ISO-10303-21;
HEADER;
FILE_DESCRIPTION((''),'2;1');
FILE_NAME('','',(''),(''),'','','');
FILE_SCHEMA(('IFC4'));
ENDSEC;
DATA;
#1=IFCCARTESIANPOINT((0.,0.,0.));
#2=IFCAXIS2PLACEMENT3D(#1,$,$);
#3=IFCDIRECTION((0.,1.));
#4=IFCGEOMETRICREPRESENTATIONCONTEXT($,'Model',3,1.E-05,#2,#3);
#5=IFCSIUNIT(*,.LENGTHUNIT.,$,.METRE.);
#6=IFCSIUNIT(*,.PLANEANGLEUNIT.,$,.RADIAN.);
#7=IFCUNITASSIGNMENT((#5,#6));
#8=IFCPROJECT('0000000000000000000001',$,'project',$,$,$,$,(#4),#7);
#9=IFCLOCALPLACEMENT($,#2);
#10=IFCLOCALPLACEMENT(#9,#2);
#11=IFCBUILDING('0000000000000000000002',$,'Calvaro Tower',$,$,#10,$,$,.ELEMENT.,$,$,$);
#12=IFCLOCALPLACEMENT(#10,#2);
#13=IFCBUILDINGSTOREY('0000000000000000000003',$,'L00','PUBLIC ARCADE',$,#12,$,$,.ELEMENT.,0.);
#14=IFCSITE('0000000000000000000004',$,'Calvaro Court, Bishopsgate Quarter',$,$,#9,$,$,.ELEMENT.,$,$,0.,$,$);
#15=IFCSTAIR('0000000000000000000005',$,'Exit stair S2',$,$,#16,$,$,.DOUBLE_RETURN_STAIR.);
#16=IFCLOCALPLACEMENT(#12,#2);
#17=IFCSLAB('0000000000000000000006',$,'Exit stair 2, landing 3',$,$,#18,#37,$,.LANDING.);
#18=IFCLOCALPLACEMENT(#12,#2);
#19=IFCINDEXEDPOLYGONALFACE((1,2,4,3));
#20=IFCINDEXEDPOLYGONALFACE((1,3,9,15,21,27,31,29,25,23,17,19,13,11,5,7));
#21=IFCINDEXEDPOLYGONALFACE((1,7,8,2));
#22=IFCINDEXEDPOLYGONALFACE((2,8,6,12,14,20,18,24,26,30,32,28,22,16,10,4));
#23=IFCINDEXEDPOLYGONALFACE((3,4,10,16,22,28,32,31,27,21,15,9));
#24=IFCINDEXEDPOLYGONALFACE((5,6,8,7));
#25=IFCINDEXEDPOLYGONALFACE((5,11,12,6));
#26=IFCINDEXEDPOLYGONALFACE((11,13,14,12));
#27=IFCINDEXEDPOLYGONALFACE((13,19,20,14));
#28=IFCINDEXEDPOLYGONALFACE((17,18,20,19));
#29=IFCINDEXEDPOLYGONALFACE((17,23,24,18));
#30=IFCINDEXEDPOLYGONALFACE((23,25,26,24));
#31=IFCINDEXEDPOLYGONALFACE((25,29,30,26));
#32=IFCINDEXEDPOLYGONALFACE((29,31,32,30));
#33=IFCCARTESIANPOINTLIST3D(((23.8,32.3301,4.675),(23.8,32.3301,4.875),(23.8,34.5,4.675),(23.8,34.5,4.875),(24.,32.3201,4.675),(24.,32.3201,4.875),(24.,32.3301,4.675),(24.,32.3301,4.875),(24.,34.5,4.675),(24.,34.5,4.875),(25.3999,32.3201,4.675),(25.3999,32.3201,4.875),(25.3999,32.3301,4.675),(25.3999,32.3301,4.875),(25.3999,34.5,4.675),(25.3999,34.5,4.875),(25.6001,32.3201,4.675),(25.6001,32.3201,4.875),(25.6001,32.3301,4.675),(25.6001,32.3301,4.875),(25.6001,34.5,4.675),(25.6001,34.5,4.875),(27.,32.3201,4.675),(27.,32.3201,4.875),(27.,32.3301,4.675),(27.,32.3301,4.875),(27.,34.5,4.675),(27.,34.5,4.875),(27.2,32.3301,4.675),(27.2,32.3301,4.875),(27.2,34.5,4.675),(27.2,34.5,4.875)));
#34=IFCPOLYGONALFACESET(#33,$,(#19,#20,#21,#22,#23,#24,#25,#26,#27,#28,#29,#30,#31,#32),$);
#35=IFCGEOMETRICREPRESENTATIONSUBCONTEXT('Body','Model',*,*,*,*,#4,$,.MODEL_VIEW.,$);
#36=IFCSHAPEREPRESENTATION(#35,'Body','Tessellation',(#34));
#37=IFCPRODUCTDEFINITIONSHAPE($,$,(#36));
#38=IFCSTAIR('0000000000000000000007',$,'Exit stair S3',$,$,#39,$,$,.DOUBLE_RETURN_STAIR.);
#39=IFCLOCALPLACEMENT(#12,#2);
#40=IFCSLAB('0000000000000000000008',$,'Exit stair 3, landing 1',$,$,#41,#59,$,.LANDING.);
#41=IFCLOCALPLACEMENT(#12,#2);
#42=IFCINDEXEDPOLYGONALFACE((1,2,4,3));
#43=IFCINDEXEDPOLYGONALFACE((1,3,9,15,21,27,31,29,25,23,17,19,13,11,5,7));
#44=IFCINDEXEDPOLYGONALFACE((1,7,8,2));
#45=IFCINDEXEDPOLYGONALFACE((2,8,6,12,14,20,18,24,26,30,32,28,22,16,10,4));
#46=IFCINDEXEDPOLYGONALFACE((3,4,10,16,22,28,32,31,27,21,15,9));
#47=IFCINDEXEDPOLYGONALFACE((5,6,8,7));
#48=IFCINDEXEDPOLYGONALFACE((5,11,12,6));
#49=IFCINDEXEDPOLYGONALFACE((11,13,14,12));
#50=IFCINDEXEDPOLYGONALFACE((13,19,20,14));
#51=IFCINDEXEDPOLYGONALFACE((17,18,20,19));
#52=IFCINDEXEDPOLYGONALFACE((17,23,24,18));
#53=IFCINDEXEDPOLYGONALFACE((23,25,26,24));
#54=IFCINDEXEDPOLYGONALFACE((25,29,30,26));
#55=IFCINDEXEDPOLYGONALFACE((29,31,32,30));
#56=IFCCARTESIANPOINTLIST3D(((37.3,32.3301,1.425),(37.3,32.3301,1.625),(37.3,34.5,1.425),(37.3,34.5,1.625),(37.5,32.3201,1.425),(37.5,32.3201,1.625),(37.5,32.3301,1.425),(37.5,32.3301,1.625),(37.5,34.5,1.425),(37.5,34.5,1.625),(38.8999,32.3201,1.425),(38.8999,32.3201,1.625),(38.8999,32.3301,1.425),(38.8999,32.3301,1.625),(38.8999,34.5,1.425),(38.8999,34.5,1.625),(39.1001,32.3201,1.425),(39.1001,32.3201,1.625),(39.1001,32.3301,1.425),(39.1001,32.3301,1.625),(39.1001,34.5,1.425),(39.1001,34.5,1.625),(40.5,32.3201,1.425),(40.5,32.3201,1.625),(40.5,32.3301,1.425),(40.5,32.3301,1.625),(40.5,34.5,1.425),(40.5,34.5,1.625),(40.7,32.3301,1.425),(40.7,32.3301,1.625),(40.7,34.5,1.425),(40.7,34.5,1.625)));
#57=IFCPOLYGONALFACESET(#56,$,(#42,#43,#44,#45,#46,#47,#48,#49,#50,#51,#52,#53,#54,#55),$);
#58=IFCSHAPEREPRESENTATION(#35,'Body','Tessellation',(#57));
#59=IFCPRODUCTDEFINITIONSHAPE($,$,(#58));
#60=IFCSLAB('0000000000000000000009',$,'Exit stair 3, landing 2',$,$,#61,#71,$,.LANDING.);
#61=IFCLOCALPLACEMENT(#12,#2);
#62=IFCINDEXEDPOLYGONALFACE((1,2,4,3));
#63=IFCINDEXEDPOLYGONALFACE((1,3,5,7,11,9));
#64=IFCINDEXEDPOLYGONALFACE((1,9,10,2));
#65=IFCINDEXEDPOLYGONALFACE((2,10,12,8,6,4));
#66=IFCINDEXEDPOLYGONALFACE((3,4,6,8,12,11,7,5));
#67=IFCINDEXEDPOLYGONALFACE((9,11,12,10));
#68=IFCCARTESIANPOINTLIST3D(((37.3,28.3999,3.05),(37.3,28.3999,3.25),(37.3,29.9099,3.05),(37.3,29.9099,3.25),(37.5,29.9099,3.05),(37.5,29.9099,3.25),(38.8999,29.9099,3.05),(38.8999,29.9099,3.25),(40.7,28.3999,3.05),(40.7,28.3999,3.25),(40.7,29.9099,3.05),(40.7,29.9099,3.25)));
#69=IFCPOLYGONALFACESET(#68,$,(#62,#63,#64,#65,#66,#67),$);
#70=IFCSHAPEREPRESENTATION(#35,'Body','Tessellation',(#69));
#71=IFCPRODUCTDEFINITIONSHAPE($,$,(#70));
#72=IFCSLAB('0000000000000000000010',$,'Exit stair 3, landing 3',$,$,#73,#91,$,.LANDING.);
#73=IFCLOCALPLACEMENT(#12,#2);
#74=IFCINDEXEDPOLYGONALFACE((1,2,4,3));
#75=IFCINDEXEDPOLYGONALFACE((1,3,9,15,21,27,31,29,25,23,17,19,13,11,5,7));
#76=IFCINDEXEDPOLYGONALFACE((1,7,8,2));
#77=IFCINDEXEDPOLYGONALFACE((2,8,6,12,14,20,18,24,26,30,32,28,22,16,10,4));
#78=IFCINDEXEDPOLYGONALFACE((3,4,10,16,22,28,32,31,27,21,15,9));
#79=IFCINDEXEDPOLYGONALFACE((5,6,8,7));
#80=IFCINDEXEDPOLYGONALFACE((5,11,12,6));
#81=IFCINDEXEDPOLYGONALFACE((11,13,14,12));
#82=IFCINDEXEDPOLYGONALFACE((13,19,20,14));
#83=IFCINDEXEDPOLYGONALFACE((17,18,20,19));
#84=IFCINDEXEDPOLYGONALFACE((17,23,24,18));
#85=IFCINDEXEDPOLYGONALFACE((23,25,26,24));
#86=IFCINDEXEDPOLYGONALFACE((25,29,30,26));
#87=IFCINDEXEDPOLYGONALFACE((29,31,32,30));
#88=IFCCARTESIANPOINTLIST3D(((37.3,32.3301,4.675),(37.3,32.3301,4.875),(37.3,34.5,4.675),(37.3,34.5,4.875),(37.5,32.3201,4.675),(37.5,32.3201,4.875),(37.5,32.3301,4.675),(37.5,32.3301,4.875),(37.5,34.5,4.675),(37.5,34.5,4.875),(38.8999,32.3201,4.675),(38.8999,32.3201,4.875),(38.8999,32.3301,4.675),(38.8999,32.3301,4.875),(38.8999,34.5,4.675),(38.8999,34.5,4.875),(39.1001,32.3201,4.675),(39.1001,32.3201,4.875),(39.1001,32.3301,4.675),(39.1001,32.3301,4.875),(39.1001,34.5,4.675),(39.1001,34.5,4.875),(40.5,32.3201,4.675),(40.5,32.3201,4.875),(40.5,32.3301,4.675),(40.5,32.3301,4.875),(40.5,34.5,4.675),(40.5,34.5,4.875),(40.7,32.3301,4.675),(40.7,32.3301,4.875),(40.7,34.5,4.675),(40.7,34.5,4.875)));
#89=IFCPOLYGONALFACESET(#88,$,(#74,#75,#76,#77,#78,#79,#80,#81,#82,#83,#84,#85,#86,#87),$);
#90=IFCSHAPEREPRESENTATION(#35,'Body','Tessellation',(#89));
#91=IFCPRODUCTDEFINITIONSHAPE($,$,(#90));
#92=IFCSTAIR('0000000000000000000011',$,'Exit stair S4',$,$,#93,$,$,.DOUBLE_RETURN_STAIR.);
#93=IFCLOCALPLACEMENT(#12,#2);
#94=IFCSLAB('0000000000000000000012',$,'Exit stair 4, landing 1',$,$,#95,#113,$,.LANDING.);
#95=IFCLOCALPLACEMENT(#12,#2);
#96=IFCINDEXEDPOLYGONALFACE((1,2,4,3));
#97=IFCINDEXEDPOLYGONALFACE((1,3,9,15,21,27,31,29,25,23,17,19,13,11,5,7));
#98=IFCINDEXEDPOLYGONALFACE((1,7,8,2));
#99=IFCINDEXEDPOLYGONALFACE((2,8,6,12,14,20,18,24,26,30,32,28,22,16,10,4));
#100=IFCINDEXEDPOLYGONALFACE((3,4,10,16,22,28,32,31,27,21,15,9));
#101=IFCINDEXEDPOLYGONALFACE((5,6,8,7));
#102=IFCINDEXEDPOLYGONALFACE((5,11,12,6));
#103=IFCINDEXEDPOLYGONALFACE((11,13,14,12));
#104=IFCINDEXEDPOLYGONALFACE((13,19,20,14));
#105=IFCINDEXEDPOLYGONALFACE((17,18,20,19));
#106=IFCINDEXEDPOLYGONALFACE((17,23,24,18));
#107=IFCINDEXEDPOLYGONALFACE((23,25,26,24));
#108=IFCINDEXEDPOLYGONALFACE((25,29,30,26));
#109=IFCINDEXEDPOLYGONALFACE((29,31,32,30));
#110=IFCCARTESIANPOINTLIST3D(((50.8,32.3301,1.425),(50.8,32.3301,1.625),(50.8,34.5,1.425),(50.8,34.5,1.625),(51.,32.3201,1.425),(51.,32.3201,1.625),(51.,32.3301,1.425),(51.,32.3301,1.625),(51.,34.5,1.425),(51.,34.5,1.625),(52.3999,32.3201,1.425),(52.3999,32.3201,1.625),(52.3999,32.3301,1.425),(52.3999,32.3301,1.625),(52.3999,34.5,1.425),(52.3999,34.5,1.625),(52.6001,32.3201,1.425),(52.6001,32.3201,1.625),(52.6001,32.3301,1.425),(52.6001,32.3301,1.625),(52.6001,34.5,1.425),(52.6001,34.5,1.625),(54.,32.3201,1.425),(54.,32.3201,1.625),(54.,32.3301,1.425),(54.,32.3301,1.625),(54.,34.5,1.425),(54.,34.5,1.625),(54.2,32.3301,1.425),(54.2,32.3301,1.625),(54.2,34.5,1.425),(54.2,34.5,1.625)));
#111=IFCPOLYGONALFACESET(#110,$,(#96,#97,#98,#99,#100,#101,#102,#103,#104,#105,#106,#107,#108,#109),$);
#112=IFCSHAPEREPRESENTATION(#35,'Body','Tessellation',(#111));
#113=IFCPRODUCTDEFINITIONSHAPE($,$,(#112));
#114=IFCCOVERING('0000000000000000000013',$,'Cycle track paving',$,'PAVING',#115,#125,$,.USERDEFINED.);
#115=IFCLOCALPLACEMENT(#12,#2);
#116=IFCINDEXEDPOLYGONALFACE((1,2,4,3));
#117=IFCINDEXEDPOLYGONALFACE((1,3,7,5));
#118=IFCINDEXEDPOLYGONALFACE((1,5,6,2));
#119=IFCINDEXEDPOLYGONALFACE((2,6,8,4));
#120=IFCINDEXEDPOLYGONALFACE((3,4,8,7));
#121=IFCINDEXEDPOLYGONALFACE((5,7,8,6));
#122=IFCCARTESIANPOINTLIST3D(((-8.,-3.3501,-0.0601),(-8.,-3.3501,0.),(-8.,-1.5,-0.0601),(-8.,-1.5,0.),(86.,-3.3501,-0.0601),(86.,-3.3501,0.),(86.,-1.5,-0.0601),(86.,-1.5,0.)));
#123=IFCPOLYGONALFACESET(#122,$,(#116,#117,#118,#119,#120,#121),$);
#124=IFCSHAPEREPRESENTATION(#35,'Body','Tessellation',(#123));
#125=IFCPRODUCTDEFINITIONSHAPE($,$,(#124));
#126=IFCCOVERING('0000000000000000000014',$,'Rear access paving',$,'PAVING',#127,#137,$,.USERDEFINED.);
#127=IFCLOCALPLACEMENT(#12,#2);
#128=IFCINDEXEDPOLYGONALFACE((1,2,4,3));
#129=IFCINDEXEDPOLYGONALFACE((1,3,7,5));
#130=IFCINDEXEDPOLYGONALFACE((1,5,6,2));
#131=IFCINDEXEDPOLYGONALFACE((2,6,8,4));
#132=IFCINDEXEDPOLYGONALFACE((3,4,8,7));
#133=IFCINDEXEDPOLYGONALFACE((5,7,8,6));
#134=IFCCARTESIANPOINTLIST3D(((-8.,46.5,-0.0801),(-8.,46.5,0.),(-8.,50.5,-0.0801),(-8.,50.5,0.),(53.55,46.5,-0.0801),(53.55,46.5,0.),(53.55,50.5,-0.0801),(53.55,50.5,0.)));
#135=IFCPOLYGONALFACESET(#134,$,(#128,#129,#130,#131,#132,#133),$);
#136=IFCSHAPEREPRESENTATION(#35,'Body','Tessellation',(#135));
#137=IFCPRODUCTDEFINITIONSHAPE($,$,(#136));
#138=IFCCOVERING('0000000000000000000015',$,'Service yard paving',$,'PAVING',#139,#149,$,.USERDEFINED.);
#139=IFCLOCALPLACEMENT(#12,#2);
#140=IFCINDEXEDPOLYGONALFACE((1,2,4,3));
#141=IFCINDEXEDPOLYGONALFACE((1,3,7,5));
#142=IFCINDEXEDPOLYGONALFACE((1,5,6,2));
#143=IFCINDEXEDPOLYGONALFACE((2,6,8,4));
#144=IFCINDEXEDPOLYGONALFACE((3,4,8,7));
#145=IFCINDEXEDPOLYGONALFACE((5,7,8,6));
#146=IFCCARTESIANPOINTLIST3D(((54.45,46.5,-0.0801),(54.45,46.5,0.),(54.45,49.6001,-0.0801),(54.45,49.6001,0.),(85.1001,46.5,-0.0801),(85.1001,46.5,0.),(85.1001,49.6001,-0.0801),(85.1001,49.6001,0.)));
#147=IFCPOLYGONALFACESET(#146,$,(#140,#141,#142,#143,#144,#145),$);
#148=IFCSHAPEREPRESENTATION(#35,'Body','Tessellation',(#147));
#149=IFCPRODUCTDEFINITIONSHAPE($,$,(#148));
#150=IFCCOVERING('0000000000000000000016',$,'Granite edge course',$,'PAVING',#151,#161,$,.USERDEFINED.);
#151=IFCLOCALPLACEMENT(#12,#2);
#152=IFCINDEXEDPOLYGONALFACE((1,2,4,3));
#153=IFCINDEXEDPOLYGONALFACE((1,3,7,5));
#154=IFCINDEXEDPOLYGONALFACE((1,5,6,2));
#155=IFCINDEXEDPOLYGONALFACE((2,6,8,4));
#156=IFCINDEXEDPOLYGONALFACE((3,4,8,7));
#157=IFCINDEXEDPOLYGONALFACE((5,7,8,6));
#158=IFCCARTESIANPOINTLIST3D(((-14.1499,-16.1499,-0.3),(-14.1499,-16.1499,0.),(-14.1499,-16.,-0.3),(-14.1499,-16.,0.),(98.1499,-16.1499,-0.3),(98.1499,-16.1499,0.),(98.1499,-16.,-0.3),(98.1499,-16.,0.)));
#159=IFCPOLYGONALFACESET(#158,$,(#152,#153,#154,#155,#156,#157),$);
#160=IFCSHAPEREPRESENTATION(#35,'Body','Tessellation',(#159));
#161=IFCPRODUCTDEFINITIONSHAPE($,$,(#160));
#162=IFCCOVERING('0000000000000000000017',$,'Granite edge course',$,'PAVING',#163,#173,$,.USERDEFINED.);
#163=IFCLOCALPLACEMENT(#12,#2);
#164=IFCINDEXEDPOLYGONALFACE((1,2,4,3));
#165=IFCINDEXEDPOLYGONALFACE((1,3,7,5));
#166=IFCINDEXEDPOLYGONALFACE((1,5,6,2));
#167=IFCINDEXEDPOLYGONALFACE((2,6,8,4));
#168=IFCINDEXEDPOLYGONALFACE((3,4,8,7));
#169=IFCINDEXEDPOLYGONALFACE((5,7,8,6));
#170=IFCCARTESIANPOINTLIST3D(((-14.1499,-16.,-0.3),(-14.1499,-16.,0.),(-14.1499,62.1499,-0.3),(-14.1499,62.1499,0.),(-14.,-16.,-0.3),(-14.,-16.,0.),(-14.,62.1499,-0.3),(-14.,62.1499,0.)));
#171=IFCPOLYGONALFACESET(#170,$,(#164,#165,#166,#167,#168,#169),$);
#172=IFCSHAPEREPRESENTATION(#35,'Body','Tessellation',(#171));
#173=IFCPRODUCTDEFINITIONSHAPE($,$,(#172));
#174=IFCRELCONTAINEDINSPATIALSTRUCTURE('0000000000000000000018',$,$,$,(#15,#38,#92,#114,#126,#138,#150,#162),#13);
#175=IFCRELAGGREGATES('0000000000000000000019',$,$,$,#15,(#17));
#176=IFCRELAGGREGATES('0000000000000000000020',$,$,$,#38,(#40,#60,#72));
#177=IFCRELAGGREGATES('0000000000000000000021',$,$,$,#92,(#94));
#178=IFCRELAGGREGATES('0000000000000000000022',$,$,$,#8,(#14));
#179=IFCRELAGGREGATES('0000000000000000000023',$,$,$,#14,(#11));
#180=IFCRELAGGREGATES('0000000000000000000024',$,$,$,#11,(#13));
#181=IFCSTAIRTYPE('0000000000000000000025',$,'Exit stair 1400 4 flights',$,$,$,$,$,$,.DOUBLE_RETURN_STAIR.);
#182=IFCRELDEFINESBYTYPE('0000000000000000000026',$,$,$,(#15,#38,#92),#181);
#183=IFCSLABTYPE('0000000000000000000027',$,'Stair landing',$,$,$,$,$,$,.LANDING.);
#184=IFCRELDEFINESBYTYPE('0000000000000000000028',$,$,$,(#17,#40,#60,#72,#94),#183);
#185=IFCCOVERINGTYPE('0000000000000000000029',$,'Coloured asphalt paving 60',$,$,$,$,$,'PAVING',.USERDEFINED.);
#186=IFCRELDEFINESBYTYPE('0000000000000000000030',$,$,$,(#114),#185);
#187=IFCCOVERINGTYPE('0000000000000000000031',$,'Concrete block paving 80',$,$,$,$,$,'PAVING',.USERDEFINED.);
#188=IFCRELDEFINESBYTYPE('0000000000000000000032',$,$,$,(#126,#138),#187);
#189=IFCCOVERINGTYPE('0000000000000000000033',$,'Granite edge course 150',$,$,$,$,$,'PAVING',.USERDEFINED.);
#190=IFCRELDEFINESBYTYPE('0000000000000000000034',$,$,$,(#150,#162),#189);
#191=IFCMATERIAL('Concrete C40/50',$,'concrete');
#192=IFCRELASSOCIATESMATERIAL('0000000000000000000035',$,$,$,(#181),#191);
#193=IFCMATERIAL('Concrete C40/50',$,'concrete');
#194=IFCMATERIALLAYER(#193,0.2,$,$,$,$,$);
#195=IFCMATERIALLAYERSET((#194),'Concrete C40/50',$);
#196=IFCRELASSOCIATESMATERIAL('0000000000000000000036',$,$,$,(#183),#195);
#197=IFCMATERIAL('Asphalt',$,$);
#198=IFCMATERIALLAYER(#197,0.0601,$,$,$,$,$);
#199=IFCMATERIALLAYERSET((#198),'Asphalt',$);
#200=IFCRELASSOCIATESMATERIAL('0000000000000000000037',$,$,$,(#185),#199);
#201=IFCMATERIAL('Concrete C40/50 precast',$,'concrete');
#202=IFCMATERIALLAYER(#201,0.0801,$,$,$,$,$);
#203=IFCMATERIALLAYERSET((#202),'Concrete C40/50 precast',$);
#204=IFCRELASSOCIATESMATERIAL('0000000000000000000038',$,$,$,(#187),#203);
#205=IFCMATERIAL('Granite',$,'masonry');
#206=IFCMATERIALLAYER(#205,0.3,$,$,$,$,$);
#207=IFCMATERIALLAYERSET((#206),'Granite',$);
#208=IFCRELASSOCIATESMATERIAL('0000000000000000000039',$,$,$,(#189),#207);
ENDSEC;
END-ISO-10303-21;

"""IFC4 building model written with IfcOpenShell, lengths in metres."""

from ifc_helpers import new_model, si_unit, direction, frame, origin, place, context, subcontext, project, spatial, polyline, outline, extrude, material, layer, layer_set, type_object, element, aggregate, save


model = new_model("IFC4")

# Units and contexts
model_context = context("Model", 3, precision=1e-05, world=origin(), true_north=direction((0.0, 1.0)))
body_context = subcontext(model_context, "Body", "Model", "MODEL_VIEW")
ifc_project = project(units=[si_unit("LENGTHUNIT", "METRE"), si_unit("PLANEANGLEUNIT", "RADIAN")], contexts=[model_context])

# Site, building, storey
site_placement = place(None, origin())
site = spatial("IfcSite", under=ifc_project, at=site_placement, Name="Calvaro Court, Bishopsgate Quarter", CompositionType="ELEMENT", RefElevation=0.0)
building_placement = place(site_placement, origin())
building = spatial("IfcBuilding", under=site, at=building_placement, Name="Calvaro Tower", CompositionType="ELEMENT")
storey_placement = place(building_placement, origin())
storey = spatial("IfcBuildingStorey", under=building, at=storey_placement, Name="L00", Description="PUBLIC ARCADE", CompositionType="ELEMENT", Elevation=0.0)

# Stairs, slabs
ifc_material_1 = material(Name="Concrete C40/50", Category="concrete")
stair_type = type_object("IfcStairType", Name="Exit stair 1400 4 flights", PredefinedType="DOUBLE_RETURN_STAIR", material=ifc_material_1)
ifc_material_2 = material(Name="Concrete C40/50", Category="concrete")
ifc_layer_1 = layer(ifc_material_2, 0.2)
ifc_layer_set_1 = layer_set([ifc_layer_1], Name="Concrete C40/50")
slab_type_1 = type_object("IfcSlabType", Name="Stair landing", PredefinedType="LANDING", material=ifc_layer_set_1)
stair_1_placement = place(storey_placement, origin())
stair_1 = element("IfcStair", 1, at=stair_1_placement, inside=storey, type_object=stair_type, Name="Exit stair S2", PredefinedType="DOUBLE_RETURN_STAIR")
slab_1_placement = place(storey_placement, frame((0.0, 0.0, 4.675)))
slab_1 = element("IfcSlab", 2, at=slab_1_placement, type_object=slab_type_1, Name="Exit stair 2, landing 3", PredefinedType="LANDING", context=body_context, shape_type="SweptSolid", body=[
    extrude(outline(polyline([(25.3999, 32.3201), (24.0, 32.3201), (24.0, 32.3301), (23.8, 32.3301), (23.8, 34.5), (24.0, 34.5), (25.3999, 34.5), (25.6001, 34.5), (27.0, 34.5), (27.2, 34.5), (27.2, 32.3301), (27.0, 32.3301), (27.0, 32.3201), (25.6001, 32.3201), (25.6001, 32.3301), (25.3999, 32.3301), (25.3999, 32.3201)])), origin(), (0.0, 0.0, 1.0), 0.2),
])
aggregate(stair_1, [slab_1])
stair_2_placement = place(storey_placement, origin())
stair_2 = element("IfcStair", 3, at=stair_2_placement, inside=storey, type_object=stair_type, Name="Exit stair S3", PredefinedType="DOUBLE_RETURN_STAIR")
slab_2_placement = place(storey_placement, frame((0.0, 0.0, 1.425)))
slab_2 = element("IfcSlab", 4, at=slab_2_placement, type_object=slab_type_1, Name="Exit stair 3, landing 1", PredefinedType="LANDING", context=body_context, shape_type="SweptSolid", body=[
    extrude(outline(polyline([(38.8999, 32.3201), (37.5, 32.3201), (37.5, 32.3301), (37.3, 32.3301), (37.3, 34.5), (37.5, 34.5), (38.8999, 34.5), (39.1001, 34.5), (40.5, 34.5), (40.7, 34.5), (40.7, 32.3301), (40.5, 32.3301), (40.5, 32.3201), (39.1001, 32.3201), (39.1001, 32.3301), (38.8999, 32.3301), (38.8999, 32.3201)])), origin(), (0.0, 0.0, 1.0), 0.2),
])
slab_3_placement = place(storey_placement, frame((0.0, 0.0, 3.05)))
slab_3 = element("IfcSlab", 5, at=slab_3_placement, type_object=slab_type_1, Name="Exit stair 3, landing 2", PredefinedType="LANDING", context=body_context, shape_type="SweptSolid", body=[
    extrude(outline(polyline([(40.7, 29.9099), (40.7, 28.3999), (37.3, 28.3999), (37.3, 29.9099), (37.5, 29.9099), (38.8999, 29.9099), (40.7, 29.9099)])), origin(), (0.0, 0.0, 1.0), 0.2),
])
slab_4_placement = place(storey_placement, frame((0.0, 0.0, 4.675)))
slab_4 = element("IfcSlab", 6, at=slab_4_placement, type_object=slab_type_1, Name="Exit stair 3, landing 3", PredefinedType="LANDING", context=body_context, shape_type="SweptSolid", body=[
    extrude(outline(polyline([(38.8999, 32.3201), (37.5, 32.3201), (37.5, 32.3301), (37.3, 32.3301), (37.3, 34.5), (37.5, 34.5), (38.8999, 34.5), (39.1001, 34.5), (40.5, 34.5), (40.7, 34.5), (40.7, 32.3301), (40.5, 32.3301), (40.5, 32.3201), (39.1001, 32.3201), (39.1001, 32.3301), (38.8999, 32.3301), (38.8999, 32.3201)])), origin(), (0.0, 0.0, 1.0), 0.2),
])
aggregate(stair_2, [slab_2, slab_3, slab_4])

# Stair, slab
stair_3_placement = place(storey_placement, origin())
stair_3 = element("IfcStair", 7, at=stair_3_placement, inside=storey, type_object=stair_type, Name="Exit stair S4", PredefinedType="DOUBLE_RETURN_STAIR")
slab_5_placement = place(storey_placement, frame((0.0, 0.0, 1.425)))
slab_5 = element("IfcSlab", 8, at=slab_5_placement, type_object=slab_type_1, Name="Exit stair 4, landing 1", PredefinedType="LANDING", context=body_context, shape_type="SweptSolid", body=[
    extrude(outline(polyline([(52.3999, 32.3201), (51.0, 32.3201), (51.0, 32.3301), (50.8, 32.3301), (50.8, 34.5), (51.0, 34.5), (52.3999, 34.5), (52.6001, 34.5), (54.0, 34.5), (54.2, 34.5), (54.2, 32.3301), (54.0, 32.3301), (54.0, 32.3201), (52.6001, 32.3201), (52.6001, 32.3301), (52.3999, 32.3301), (52.3999, 32.3201)])), origin(), (0.0, 0.0, 1.0), 0.2),
])
aggregate(stair_3, [slab_5])

# Coverings
ifc_material_3 = material(Name="Asphalt")
ifc_layer_2 = layer(ifc_material_3, 0.0601)
ifc_layer_set_2 = layer_set([ifc_layer_2], Name="Asphalt")
covering_type_1 = type_object("IfcCoveringType", Name="Coloured asphalt paving 60", ElementType="PAVING", PredefinedType="USERDEFINED", material=ifc_layer_set_2)
covering_1_placement = place(storey_placement, frame((0.0, 0.0, -0.0601)))
element("IfcCovering", 9, at=covering_1_placement, inside=storey, type_object=covering_type_1, Name="Cycle track paving", ObjectType="PAVING", PredefinedType="USERDEFINED", context=body_context, shape_type="SweptSolid", body=[
    extrude(outline(polyline([(-8.0, -3.3501), (86.0, -3.3501), (86.0, -1.5), (-8.0, -1.5), (-8.0, -3.3501)])), origin(), (0.0, 0.0, 1.0), 0.0601),
])
ifc_material_4 = material(Name="Concrete C40/50 precast", Category="concrete")
ifc_layer_3 = layer(ifc_material_4, 0.0801)
ifc_layer_set_3 = layer_set([ifc_layer_3], Name="Concrete C40/50 precast")
covering_type_2 = type_object("IfcCoveringType", Name="Concrete block paving 80", ElementType="PAVING", PredefinedType="USERDEFINED", material=ifc_layer_set_3)
covering_2_placement = place(storey_placement, frame((0.0, 0.0, -0.0801)))
element("IfcCovering", 10, at=covering_2_placement, inside=storey, type_object=covering_type_2, Name="Rear access paving", ObjectType="PAVING", PredefinedType="USERDEFINED", context=body_context, shape_type="SweptSolid", body=[
    extrude(outline(polyline([(-8.0, 46.5), (53.55, 46.5), (53.55, 50.5), (-8.0, 50.5), (-8.0, 46.5)])), origin(), (0.0, 0.0, 1.0), 0.0801),
])
covering_3_placement = place(storey_placement, frame((0.0, 0.0, -0.0801)))
element("IfcCovering", 11, at=covering_3_placement, inside=storey, type_object=covering_type_2, Name="Service yard paving", ObjectType="PAVING", PredefinedType="USERDEFINED", context=body_context, shape_type="SweptSolid", body=[
    extrude(outline(polyline([(54.45, 46.5), (85.1001, 46.5), (85.1001, 49.6001), (54.45, 49.6001), (54.45, 46.5)])), origin(), (0.0, 0.0, 1.0), 0.0801),
])
ifc_material_5 = material(Name="Granite", Category="masonry")
ifc_layer_4 = layer(ifc_material_5, 0.3)
ifc_layer_set_4 = layer_set([ifc_layer_4], Name="Granite")
covering_type_3 = type_object("IfcCoveringType", Name="Granite edge course 150", ElementType="PAVING", PredefinedType="USERDEFINED", material=ifc_layer_set_4)
covering_4_placement = place(storey_placement, frame((0.0, 0.0, -0.3)))
element("IfcCovering", 12, at=covering_4_placement, inside=storey, type_object=covering_type_3, Name="Granite edge course", ObjectType="PAVING", PredefinedType="USERDEFINED", context=body_context, shape_type="SweptSolid", body=[
    extrude(outline(polyline([(-14.1499, -16.1499), (98.1499, -16.1499), (98.1499, -16.0), (-14.1499, -16.0), (-14.1499, -16.1499)])), origin(), (0.0, 0.0, 1.0), 0.3),
])
covering_5_placement = place(storey_placement, frame((0.0, 0.0, -0.3)))
element("IfcCovering", 13, at=covering_5_placement, inside=storey, type_object=covering_type_3, Name="Granite edge course", ObjectType="PAVING", PredefinedType="USERDEFINED", context=body_context, shape_type="SweptSolid", body=[
    extrude(outline(polyline([(-14.1499, -16.0), (-14.0, -16.0), (-14.0, 62.1499), (-14.1499, 62.1499), (-14.1499, -16.0)])), origin(), (0.0, 0.0, 1.0), 0.3),
])

save(model, "model.ifc")
